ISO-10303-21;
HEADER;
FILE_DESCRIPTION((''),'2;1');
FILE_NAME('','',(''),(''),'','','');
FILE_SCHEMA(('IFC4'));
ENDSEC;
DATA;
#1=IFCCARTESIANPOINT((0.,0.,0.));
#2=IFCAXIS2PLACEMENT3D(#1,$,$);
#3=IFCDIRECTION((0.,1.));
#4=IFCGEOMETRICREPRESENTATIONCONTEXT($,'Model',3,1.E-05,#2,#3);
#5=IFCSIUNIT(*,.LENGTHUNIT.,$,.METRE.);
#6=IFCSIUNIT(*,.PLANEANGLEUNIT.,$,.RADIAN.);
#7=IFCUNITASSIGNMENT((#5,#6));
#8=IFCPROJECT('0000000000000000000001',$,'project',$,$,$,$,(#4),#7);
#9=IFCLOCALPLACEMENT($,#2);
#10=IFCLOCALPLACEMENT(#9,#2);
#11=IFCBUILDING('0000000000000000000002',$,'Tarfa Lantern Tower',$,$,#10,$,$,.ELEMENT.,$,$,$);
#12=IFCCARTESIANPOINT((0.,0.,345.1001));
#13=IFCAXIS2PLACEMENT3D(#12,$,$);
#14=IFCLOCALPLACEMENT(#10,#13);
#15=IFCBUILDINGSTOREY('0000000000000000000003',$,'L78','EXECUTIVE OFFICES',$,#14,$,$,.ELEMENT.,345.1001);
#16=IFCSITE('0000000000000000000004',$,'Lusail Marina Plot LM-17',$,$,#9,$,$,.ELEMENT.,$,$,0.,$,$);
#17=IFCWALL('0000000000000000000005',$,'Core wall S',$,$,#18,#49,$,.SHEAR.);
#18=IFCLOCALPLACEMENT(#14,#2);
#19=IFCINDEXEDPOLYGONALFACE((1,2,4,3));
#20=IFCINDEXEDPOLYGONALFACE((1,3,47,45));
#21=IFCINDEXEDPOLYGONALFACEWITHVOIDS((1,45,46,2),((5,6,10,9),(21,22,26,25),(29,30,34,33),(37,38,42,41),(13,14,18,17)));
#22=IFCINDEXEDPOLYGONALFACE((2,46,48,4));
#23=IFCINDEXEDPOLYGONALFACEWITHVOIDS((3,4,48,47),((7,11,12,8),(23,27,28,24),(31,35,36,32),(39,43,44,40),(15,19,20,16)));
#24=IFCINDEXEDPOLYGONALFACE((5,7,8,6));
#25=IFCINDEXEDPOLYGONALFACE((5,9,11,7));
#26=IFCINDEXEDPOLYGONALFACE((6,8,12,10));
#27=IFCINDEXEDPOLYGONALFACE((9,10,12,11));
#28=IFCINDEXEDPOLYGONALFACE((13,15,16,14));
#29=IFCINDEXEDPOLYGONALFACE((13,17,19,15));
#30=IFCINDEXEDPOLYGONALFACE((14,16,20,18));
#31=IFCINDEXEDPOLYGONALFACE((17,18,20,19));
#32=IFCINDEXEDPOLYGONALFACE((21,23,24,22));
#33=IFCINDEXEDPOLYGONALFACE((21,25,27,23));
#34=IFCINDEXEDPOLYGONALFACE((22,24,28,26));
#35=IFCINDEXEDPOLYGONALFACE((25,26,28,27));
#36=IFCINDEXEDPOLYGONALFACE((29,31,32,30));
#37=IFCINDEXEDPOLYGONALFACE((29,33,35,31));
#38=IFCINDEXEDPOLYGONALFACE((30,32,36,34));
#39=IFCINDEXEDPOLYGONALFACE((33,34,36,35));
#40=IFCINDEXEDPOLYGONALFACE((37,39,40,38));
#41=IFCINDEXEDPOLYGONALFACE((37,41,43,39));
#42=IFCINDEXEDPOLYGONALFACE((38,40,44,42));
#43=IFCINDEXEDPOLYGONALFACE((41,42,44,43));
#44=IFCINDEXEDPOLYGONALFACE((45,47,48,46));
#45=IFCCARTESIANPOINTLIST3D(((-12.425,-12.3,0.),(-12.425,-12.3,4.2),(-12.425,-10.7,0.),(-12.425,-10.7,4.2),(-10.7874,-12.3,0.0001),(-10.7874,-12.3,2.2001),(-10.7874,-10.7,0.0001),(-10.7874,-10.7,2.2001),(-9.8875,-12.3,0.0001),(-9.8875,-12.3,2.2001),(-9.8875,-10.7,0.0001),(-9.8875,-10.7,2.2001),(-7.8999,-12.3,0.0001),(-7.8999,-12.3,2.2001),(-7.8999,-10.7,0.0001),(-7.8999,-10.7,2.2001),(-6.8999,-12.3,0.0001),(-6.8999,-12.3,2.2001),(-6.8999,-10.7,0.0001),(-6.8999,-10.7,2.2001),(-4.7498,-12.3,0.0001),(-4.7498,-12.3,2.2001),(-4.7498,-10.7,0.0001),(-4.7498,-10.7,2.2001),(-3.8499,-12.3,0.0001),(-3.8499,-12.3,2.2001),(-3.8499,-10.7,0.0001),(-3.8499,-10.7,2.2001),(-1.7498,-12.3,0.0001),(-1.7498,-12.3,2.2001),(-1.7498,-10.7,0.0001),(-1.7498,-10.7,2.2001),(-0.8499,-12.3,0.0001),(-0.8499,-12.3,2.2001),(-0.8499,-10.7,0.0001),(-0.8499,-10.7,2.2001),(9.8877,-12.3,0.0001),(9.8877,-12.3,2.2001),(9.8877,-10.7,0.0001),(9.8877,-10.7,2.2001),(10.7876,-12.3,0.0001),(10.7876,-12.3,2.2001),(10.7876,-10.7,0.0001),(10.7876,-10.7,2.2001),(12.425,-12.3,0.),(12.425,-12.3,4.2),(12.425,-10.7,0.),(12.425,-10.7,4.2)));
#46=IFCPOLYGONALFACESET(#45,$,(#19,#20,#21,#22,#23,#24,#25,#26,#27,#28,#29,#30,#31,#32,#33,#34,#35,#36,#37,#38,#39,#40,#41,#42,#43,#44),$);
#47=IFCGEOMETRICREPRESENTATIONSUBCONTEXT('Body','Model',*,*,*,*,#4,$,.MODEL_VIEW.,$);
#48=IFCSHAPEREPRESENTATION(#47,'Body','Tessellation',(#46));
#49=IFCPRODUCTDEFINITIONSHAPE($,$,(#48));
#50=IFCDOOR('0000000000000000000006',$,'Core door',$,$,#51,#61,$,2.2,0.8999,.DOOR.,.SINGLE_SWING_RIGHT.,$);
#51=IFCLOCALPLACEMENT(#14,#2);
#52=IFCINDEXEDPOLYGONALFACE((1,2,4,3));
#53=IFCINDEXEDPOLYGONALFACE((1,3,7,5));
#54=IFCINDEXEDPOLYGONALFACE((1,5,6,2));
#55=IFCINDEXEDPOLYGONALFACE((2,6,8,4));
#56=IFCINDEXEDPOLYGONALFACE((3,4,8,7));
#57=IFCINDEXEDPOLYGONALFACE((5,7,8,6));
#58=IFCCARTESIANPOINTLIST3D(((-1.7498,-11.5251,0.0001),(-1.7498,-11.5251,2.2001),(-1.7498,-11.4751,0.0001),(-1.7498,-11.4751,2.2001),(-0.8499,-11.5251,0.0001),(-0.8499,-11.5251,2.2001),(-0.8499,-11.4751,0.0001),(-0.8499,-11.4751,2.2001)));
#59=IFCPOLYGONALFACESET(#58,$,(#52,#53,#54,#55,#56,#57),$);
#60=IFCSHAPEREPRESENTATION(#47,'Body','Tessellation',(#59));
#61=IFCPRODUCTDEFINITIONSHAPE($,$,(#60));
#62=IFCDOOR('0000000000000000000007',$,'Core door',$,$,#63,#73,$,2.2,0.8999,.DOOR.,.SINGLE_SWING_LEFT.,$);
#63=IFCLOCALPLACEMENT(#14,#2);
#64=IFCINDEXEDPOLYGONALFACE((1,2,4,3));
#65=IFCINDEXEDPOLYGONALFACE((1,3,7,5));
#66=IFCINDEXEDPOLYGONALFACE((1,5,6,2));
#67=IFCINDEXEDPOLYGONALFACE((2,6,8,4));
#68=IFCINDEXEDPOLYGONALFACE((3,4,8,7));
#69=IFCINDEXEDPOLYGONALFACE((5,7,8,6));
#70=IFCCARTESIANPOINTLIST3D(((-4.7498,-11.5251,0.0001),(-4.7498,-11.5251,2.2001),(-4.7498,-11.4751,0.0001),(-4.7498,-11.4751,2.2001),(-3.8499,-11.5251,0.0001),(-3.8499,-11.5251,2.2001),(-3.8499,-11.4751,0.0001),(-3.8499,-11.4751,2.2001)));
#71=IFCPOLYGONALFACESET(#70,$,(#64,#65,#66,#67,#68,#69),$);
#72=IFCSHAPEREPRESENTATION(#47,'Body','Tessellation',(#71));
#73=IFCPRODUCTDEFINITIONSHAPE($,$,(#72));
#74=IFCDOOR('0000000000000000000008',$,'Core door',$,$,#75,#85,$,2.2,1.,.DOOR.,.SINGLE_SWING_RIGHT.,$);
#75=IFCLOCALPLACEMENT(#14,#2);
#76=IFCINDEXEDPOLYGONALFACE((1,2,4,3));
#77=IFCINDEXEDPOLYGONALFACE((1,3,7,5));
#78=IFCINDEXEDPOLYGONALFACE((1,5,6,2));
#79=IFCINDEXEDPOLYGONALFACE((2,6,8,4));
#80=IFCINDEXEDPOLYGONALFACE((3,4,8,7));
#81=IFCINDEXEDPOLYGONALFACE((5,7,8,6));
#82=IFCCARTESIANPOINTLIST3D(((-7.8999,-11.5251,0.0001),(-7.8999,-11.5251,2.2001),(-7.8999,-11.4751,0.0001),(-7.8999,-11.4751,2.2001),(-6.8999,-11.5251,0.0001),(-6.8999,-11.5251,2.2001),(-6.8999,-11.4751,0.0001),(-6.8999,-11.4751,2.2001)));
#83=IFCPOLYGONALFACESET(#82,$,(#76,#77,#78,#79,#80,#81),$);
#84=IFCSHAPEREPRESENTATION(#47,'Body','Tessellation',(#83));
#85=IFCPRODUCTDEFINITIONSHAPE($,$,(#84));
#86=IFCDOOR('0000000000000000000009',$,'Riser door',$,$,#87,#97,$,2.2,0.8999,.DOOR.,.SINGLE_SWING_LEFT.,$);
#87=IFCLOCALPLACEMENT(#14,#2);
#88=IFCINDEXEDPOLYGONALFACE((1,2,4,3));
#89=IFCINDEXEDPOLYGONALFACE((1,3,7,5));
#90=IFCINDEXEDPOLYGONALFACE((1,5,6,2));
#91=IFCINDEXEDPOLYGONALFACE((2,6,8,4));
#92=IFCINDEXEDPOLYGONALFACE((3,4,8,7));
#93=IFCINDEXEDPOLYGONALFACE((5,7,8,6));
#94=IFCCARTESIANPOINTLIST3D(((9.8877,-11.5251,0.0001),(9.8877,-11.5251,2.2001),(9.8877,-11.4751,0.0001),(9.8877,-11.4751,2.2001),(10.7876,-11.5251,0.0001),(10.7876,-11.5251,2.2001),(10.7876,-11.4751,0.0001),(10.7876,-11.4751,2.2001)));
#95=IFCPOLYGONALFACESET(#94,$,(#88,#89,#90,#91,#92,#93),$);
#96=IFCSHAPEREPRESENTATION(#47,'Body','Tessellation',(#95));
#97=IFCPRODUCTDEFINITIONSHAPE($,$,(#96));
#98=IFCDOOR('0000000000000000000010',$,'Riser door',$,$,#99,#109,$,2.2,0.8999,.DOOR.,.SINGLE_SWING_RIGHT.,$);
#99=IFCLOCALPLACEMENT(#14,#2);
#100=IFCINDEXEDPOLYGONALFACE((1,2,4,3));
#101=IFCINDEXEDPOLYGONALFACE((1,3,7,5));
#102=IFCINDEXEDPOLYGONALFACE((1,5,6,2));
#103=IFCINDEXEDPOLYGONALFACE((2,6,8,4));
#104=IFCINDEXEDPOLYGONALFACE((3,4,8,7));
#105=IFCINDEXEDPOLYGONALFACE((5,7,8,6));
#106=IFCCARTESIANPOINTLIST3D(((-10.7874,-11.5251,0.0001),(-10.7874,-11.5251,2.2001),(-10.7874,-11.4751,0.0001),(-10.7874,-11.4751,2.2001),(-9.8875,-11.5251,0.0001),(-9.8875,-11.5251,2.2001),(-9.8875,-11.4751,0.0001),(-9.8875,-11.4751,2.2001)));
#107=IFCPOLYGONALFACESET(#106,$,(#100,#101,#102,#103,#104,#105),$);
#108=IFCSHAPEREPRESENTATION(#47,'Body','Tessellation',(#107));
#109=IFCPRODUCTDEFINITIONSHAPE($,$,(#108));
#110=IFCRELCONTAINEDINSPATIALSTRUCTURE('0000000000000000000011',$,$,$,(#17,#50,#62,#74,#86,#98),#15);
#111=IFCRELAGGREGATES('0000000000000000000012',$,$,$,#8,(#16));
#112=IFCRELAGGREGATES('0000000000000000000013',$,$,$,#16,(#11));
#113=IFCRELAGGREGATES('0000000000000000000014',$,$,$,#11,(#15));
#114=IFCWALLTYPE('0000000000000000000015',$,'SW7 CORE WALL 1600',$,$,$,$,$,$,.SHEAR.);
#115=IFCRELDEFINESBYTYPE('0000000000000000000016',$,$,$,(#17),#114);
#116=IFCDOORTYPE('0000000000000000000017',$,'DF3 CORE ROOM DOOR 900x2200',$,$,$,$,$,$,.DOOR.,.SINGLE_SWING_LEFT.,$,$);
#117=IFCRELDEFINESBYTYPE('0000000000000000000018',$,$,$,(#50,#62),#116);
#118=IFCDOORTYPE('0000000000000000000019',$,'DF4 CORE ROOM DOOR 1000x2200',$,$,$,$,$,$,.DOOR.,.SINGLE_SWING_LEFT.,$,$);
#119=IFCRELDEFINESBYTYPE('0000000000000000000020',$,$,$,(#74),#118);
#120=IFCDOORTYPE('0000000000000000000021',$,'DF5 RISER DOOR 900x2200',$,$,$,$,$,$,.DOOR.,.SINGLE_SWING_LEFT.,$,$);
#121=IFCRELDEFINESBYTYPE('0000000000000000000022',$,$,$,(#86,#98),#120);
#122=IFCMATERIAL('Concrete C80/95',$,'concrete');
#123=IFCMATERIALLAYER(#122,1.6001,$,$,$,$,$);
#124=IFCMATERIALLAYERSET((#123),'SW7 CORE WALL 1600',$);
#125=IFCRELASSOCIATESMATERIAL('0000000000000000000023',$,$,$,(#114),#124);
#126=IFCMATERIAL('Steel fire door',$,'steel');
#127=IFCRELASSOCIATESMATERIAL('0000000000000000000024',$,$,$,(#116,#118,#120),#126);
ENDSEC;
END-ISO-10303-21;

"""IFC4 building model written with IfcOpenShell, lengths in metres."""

from ifc_helpers import new_model, si_unit, direction, frame, frame_2d, origin, place, context, subcontext, project, spatial, rectangle, extrude, material, layer, layer_set, type_object, element, fill, save


model = new_model("IFC4")

# Units and contexts
model_context = context("Model", 3, precision=1e-05, world=origin(), true_north=direction((0.0, 1.0)))
body_context = subcontext(model_context, "Body", "Model", "MODEL_VIEW")
ifc_project = project(units=[si_unit("LENGTHUNIT", "METRE"), si_unit("PLANEANGLEUNIT", "RADIAN")], contexts=[model_context])

# Site, building, storey
site_placement = place(None, origin())
site = spatial("IfcSite", under=ifc_project, at=site_placement, Name="Lusail Marina Plot LM-17", CompositionType="ELEMENT", RefElevation=0.0)
building_placement = place(site_placement, origin())
building = spatial("IfcBuilding", under=site, at=building_placement, Name="Tarfa Lantern Tower", CompositionType="ELEMENT")
storey_placement = place(building_placement, frame((0.0, 0.0, 345.1001)))
storey = spatial("IfcBuildingStorey", under=building, at=storey_placement, Name="L78", Description="EXECUTIVE OFFICES", CompositionType="ELEMENT", Elevation=345.1001)

# Wall, openings, doors
ifc_material_1 = material(Name="Concrete C80/95", Category="concrete")
ifc_layer_1 = layer(ifc_material_1, 1.6001)
ifc_layer_set_1 = layer_set([ifc_layer_1], Name="SW7 CORE WALL 1600")
wall_type_1 = type_object("IfcWallType", Name="SW7 CORE WALL 1600", PredefinedType="SHEAR", material=ifc_layer_set_1)
wall_1_placement = place(storey_placement, frame((12.425, -11.5, 0.0), z_axis=(0.0, 0.0, 1.0), x_axis=(-1.0, 0.0, 0.0)))
wall_1 = element("IfcWall", 1, at=wall_1_placement, inside=storey, type_object=wall_type_1, Name="Core wall S", PredefinedType="SHEAR", context=body_context, shape_type="SweptSolid", body=[
    extrude(rectangle(XDim=24.8501, YDim=1.6001, at=frame_2d((12.425, 0.0))), origin(), (0.0, 0.0, 1.0), 4.2),
])
opening_1_placement = place(wall_1_placement, frame((13.2749, 0.0, 0.0)))
opening_1 = element("IfcOpeningElement", 2, at=opening_1_placement, cuts=wall_1, PredefinedType="OPENING", context=body_context, shape_type="SweptSolid", body=[
    extrude(rectangle(XDim=0.8999, YDim=2.2, at=frame_2d((0.45, 1.1001))), frame((0.0, 0.8101, 0.0), z_axis=(0.0, -1.0, 0.0), x_axis=(1.0, 0.0, 0.0)), (0.0, 0.0, 1.0), 1.6201),
])
opening_2_placement = place(wall_1_placement, frame((16.2749, 0.0, 0.0)))
opening_2 = element("IfcOpeningElement", 3, at=opening_2_placement, cuts=wall_1, PredefinedType="OPENING", context=body_context, shape_type="SweptSolid", body=[
    extrude(rectangle(XDim=0.8999, YDim=2.2, at=frame_2d((0.45, 1.1001))), frame((0.0, 0.8101, 0.0), z_axis=(0.0, -1.0, 0.0), x_axis=(1.0, 0.0, 0.0)), (0.0, 0.0, 1.0), 1.6201),
])
opening_3_placement = place(wall_1_placement, frame((19.325, 0.0, 0.0)))
opening_3 = element("IfcOpeningElement", 4, at=opening_3_placement, cuts=wall_1, PredefinedType="OPENING", context=body_context, shape_type="SweptSolid", body=[
    extrude(rectangle(XDim=1.0, YDim=2.2, at=frame_2d((0.5, 1.1001))), frame((0.0, 0.8101, 0.0), z_axis=(0.0, -1.0, 0.0), x_axis=(1.0, 0.0, 0.0)), (0.0, 0.0, 1.0), 1.6201),
])
opening_4_placement = place(wall_1_placement, frame((1.6375, 0.0, 0.0)))
opening_4 = element("IfcOpeningElement", 5, at=opening_4_placement, cuts=wall_1, PredefinedType="OPENING", context=body_context, shape_type="SweptSolid", body=[
    extrude(rectangle(XDim=0.8999, YDim=2.2, at=frame_2d((0.45, 1.1001))), frame((0.0, 0.8101, 0.0), z_axis=(0.0, -1.0, 0.0), x_axis=(1.0, 0.0, 0.0)), (0.0, 0.0, 1.0), 1.6201),
])
opening_5_placement = place(wall_1_placement, frame((22.3125, 0.0, 0.0)))
opening_5 = element("IfcOpeningElement", 6, at=opening_5_placement, cuts=wall_1, PredefinedType="OPENING", context=body_context, shape_type="SweptSolid", body=[
    extrude(rectangle(XDim=0.8999, YDim=2.2, at=frame_2d((0.45, 1.1001))), frame((0.0, 0.8101, 0.0), z_axis=(0.0, -1.0, 0.0), x_axis=(1.0, 0.0, 0.0)), (0.0, 0.0, 1.0), 1.6201),
])
ifc_material_2 = material(Name="Steel fire door", Category="steel")
door_type_1 = type_object("IfcDoorType", Name="DF3 CORE ROOM DOOR 900x2200", OperationType="SINGLE_SWING_LEFT", PredefinedType="DOOR", material=ifc_material_2)
door_1_placement = place(opening_1_placement, frame((0.8999, 0.0, 0.0), z_axis=(0.0, 0.0, 1.0), x_axis=(-1.0, 0.0, 0.0)))
door_1 = element("IfcDoor", 7, at=door_1_placement, inside=storey, type_object=door_type_1, Name="Core door", OperationType="SINGLE_SWING_RIGHT", OverallHeight=2.2, OverallWidth=0.8999, PredefinedType="DOOR", context=body_context, shape_type="SweptSolid", body=[
    extrude(rectangle(XDim=0.8999, YDim=2.2, at=frame_2d((0.45, 1.1001))), frame((0.0, 0.0249, 0.0), z_axis=(0.0, -1.0, 0.0), x_axis=(1.0, 0.0, 0.0)), (0.0, 0.0, 1.0), 0.05),
])
fill(opening_1, door_1)
door_2_placement = place(opening_2_placement, frame((0.8999, 0.0, 0.0), z_axis=(0.0, 0.0, 1.0), x_axis=(-1.0, 0.0, 0.0)))
door_2 = element("IfcDoor", 8, at=door_2_placement, inside=storey, type_object=door_type_1, Name="Core door", OperationType="SINGLE_SWING_LEFT", OverallHeight=2.2, OverallWidth=0.8999, PredefinedType="DOOR", context=body_context, shape_type="SweptSolid", body=[
    extrude(rectangle(XDim=0.8999, YDim=2.2, at=frame_2d((0.45, 1.1001))), frame((0.0, 0.0249, 0.0), z_axis=(0.0, -1.0, 0.0), x_axis=(1.0, 0.0, 0.0)), (0.0, 0.0, 1.0), 0.05),
])
fill(opening_2, door_2)
door_type_2 = type_object("IfcDoorType", Name="DF4 CORE ROOM DOOR 1000x2200", OperationType="SINGLE_SWING_LEFT", PredefinedType="DOOR", material=ifc_material_2)
door_3_placement = place(opening_3_placement, frame((1.0, 0.0, 0.0), z_axis=(0.0, 0.0, 1.0), x_axis=(-1.0, 0.0, 0.0)))
door_3 = element("IfcDoor", 9, at=door_3_placement, inside=storey, type_object=door_type_2, Name="Core door", OperationType="SINGLE_SWING_RIGHT", OverallHeight=2.2, OverallWidth=1.0, PredefinedType="DOOR", context=body_context, shape_type="SweptSolid", body=[
    extrude(rectangle(XDim=1.0, YDim=2.2, at=frame_2d((0.5, 1.1001))), frame((0.0, 0.0249, 0.0), z_axis=(0.0, -1.0, 0.0), x_axis=(1.0, 0.0, 0.0)), (0.0, 0.0, 1.0), 0.05),
])
fill(opening_3, door_3)
door_type_3 = type_object("IfcDoorType", Name="DF5 RISER DOOR 900x2200", OperationType="SINGLE_SWING_LEFT", PredefinedType="DOOR", material=ifc_material_2)
door_4_placement = place(opening_4_placement, frame((0.8999, 0.0, 0.0), z_axis=(0.0, 0.0, 1.0), x_axis=(-1.0, 0.0, 0.0)))
door_4 = element("IfcDoor", 10, at=door_4_placement, inside=storey, type_object=door_type_3, Name="Riser door", OperationType="SINGLE_SWING_LEFT", OverallHeight=2.2, OverallWidth=0.8999, PredefinedType="DOOR", context=body_context, shape_type="SweptSolid", body=[
    extrude(rectangle(XDim=0.8999, YDim=2.2, at=frame_2d((0.45, 1.1001))), frame((0.0, 0.0249, 0.0), z_axis=(0.0, -1.0, 0.0), x_axis=(1.0, 0.0, 0.0)), (0.0, 0.0, 1.0), 0.05),
])
fill(opening_4, door_4)
door_5_placement = place(opening_5_placement, frame((0.8999, 0.0, 0.0), z_axis=(0.0, 0.0, 1.0), x_axis=(-1.0, 0.0, 0.0)))
door_5 = element("IfcDoor", 11, at=door_5_placement, inside=storey, type_object=door_type_3, Name="Riser door", OperationType="SINGLE_SWING_RIGHT", OverallHeight=2.2, OverallWidth=0.8999, PredefinedType="DOOR", context=body_context, shape_type="SweptSolid", body=[
    extrude(rectangle(XDim=0.8999, YDim=2.2, at=frame_2d((0.45, 1.1001))), frame((0.0, 0.0249, 0.0), z_axis=(0.0, -1.0, 0.0), x_axis=(1.0, 0.0, 0.0)), (0.0, 0.0, 1.0), 0.05),
])
fill(opening_5, door_5)

save(model, "model.ifc")
